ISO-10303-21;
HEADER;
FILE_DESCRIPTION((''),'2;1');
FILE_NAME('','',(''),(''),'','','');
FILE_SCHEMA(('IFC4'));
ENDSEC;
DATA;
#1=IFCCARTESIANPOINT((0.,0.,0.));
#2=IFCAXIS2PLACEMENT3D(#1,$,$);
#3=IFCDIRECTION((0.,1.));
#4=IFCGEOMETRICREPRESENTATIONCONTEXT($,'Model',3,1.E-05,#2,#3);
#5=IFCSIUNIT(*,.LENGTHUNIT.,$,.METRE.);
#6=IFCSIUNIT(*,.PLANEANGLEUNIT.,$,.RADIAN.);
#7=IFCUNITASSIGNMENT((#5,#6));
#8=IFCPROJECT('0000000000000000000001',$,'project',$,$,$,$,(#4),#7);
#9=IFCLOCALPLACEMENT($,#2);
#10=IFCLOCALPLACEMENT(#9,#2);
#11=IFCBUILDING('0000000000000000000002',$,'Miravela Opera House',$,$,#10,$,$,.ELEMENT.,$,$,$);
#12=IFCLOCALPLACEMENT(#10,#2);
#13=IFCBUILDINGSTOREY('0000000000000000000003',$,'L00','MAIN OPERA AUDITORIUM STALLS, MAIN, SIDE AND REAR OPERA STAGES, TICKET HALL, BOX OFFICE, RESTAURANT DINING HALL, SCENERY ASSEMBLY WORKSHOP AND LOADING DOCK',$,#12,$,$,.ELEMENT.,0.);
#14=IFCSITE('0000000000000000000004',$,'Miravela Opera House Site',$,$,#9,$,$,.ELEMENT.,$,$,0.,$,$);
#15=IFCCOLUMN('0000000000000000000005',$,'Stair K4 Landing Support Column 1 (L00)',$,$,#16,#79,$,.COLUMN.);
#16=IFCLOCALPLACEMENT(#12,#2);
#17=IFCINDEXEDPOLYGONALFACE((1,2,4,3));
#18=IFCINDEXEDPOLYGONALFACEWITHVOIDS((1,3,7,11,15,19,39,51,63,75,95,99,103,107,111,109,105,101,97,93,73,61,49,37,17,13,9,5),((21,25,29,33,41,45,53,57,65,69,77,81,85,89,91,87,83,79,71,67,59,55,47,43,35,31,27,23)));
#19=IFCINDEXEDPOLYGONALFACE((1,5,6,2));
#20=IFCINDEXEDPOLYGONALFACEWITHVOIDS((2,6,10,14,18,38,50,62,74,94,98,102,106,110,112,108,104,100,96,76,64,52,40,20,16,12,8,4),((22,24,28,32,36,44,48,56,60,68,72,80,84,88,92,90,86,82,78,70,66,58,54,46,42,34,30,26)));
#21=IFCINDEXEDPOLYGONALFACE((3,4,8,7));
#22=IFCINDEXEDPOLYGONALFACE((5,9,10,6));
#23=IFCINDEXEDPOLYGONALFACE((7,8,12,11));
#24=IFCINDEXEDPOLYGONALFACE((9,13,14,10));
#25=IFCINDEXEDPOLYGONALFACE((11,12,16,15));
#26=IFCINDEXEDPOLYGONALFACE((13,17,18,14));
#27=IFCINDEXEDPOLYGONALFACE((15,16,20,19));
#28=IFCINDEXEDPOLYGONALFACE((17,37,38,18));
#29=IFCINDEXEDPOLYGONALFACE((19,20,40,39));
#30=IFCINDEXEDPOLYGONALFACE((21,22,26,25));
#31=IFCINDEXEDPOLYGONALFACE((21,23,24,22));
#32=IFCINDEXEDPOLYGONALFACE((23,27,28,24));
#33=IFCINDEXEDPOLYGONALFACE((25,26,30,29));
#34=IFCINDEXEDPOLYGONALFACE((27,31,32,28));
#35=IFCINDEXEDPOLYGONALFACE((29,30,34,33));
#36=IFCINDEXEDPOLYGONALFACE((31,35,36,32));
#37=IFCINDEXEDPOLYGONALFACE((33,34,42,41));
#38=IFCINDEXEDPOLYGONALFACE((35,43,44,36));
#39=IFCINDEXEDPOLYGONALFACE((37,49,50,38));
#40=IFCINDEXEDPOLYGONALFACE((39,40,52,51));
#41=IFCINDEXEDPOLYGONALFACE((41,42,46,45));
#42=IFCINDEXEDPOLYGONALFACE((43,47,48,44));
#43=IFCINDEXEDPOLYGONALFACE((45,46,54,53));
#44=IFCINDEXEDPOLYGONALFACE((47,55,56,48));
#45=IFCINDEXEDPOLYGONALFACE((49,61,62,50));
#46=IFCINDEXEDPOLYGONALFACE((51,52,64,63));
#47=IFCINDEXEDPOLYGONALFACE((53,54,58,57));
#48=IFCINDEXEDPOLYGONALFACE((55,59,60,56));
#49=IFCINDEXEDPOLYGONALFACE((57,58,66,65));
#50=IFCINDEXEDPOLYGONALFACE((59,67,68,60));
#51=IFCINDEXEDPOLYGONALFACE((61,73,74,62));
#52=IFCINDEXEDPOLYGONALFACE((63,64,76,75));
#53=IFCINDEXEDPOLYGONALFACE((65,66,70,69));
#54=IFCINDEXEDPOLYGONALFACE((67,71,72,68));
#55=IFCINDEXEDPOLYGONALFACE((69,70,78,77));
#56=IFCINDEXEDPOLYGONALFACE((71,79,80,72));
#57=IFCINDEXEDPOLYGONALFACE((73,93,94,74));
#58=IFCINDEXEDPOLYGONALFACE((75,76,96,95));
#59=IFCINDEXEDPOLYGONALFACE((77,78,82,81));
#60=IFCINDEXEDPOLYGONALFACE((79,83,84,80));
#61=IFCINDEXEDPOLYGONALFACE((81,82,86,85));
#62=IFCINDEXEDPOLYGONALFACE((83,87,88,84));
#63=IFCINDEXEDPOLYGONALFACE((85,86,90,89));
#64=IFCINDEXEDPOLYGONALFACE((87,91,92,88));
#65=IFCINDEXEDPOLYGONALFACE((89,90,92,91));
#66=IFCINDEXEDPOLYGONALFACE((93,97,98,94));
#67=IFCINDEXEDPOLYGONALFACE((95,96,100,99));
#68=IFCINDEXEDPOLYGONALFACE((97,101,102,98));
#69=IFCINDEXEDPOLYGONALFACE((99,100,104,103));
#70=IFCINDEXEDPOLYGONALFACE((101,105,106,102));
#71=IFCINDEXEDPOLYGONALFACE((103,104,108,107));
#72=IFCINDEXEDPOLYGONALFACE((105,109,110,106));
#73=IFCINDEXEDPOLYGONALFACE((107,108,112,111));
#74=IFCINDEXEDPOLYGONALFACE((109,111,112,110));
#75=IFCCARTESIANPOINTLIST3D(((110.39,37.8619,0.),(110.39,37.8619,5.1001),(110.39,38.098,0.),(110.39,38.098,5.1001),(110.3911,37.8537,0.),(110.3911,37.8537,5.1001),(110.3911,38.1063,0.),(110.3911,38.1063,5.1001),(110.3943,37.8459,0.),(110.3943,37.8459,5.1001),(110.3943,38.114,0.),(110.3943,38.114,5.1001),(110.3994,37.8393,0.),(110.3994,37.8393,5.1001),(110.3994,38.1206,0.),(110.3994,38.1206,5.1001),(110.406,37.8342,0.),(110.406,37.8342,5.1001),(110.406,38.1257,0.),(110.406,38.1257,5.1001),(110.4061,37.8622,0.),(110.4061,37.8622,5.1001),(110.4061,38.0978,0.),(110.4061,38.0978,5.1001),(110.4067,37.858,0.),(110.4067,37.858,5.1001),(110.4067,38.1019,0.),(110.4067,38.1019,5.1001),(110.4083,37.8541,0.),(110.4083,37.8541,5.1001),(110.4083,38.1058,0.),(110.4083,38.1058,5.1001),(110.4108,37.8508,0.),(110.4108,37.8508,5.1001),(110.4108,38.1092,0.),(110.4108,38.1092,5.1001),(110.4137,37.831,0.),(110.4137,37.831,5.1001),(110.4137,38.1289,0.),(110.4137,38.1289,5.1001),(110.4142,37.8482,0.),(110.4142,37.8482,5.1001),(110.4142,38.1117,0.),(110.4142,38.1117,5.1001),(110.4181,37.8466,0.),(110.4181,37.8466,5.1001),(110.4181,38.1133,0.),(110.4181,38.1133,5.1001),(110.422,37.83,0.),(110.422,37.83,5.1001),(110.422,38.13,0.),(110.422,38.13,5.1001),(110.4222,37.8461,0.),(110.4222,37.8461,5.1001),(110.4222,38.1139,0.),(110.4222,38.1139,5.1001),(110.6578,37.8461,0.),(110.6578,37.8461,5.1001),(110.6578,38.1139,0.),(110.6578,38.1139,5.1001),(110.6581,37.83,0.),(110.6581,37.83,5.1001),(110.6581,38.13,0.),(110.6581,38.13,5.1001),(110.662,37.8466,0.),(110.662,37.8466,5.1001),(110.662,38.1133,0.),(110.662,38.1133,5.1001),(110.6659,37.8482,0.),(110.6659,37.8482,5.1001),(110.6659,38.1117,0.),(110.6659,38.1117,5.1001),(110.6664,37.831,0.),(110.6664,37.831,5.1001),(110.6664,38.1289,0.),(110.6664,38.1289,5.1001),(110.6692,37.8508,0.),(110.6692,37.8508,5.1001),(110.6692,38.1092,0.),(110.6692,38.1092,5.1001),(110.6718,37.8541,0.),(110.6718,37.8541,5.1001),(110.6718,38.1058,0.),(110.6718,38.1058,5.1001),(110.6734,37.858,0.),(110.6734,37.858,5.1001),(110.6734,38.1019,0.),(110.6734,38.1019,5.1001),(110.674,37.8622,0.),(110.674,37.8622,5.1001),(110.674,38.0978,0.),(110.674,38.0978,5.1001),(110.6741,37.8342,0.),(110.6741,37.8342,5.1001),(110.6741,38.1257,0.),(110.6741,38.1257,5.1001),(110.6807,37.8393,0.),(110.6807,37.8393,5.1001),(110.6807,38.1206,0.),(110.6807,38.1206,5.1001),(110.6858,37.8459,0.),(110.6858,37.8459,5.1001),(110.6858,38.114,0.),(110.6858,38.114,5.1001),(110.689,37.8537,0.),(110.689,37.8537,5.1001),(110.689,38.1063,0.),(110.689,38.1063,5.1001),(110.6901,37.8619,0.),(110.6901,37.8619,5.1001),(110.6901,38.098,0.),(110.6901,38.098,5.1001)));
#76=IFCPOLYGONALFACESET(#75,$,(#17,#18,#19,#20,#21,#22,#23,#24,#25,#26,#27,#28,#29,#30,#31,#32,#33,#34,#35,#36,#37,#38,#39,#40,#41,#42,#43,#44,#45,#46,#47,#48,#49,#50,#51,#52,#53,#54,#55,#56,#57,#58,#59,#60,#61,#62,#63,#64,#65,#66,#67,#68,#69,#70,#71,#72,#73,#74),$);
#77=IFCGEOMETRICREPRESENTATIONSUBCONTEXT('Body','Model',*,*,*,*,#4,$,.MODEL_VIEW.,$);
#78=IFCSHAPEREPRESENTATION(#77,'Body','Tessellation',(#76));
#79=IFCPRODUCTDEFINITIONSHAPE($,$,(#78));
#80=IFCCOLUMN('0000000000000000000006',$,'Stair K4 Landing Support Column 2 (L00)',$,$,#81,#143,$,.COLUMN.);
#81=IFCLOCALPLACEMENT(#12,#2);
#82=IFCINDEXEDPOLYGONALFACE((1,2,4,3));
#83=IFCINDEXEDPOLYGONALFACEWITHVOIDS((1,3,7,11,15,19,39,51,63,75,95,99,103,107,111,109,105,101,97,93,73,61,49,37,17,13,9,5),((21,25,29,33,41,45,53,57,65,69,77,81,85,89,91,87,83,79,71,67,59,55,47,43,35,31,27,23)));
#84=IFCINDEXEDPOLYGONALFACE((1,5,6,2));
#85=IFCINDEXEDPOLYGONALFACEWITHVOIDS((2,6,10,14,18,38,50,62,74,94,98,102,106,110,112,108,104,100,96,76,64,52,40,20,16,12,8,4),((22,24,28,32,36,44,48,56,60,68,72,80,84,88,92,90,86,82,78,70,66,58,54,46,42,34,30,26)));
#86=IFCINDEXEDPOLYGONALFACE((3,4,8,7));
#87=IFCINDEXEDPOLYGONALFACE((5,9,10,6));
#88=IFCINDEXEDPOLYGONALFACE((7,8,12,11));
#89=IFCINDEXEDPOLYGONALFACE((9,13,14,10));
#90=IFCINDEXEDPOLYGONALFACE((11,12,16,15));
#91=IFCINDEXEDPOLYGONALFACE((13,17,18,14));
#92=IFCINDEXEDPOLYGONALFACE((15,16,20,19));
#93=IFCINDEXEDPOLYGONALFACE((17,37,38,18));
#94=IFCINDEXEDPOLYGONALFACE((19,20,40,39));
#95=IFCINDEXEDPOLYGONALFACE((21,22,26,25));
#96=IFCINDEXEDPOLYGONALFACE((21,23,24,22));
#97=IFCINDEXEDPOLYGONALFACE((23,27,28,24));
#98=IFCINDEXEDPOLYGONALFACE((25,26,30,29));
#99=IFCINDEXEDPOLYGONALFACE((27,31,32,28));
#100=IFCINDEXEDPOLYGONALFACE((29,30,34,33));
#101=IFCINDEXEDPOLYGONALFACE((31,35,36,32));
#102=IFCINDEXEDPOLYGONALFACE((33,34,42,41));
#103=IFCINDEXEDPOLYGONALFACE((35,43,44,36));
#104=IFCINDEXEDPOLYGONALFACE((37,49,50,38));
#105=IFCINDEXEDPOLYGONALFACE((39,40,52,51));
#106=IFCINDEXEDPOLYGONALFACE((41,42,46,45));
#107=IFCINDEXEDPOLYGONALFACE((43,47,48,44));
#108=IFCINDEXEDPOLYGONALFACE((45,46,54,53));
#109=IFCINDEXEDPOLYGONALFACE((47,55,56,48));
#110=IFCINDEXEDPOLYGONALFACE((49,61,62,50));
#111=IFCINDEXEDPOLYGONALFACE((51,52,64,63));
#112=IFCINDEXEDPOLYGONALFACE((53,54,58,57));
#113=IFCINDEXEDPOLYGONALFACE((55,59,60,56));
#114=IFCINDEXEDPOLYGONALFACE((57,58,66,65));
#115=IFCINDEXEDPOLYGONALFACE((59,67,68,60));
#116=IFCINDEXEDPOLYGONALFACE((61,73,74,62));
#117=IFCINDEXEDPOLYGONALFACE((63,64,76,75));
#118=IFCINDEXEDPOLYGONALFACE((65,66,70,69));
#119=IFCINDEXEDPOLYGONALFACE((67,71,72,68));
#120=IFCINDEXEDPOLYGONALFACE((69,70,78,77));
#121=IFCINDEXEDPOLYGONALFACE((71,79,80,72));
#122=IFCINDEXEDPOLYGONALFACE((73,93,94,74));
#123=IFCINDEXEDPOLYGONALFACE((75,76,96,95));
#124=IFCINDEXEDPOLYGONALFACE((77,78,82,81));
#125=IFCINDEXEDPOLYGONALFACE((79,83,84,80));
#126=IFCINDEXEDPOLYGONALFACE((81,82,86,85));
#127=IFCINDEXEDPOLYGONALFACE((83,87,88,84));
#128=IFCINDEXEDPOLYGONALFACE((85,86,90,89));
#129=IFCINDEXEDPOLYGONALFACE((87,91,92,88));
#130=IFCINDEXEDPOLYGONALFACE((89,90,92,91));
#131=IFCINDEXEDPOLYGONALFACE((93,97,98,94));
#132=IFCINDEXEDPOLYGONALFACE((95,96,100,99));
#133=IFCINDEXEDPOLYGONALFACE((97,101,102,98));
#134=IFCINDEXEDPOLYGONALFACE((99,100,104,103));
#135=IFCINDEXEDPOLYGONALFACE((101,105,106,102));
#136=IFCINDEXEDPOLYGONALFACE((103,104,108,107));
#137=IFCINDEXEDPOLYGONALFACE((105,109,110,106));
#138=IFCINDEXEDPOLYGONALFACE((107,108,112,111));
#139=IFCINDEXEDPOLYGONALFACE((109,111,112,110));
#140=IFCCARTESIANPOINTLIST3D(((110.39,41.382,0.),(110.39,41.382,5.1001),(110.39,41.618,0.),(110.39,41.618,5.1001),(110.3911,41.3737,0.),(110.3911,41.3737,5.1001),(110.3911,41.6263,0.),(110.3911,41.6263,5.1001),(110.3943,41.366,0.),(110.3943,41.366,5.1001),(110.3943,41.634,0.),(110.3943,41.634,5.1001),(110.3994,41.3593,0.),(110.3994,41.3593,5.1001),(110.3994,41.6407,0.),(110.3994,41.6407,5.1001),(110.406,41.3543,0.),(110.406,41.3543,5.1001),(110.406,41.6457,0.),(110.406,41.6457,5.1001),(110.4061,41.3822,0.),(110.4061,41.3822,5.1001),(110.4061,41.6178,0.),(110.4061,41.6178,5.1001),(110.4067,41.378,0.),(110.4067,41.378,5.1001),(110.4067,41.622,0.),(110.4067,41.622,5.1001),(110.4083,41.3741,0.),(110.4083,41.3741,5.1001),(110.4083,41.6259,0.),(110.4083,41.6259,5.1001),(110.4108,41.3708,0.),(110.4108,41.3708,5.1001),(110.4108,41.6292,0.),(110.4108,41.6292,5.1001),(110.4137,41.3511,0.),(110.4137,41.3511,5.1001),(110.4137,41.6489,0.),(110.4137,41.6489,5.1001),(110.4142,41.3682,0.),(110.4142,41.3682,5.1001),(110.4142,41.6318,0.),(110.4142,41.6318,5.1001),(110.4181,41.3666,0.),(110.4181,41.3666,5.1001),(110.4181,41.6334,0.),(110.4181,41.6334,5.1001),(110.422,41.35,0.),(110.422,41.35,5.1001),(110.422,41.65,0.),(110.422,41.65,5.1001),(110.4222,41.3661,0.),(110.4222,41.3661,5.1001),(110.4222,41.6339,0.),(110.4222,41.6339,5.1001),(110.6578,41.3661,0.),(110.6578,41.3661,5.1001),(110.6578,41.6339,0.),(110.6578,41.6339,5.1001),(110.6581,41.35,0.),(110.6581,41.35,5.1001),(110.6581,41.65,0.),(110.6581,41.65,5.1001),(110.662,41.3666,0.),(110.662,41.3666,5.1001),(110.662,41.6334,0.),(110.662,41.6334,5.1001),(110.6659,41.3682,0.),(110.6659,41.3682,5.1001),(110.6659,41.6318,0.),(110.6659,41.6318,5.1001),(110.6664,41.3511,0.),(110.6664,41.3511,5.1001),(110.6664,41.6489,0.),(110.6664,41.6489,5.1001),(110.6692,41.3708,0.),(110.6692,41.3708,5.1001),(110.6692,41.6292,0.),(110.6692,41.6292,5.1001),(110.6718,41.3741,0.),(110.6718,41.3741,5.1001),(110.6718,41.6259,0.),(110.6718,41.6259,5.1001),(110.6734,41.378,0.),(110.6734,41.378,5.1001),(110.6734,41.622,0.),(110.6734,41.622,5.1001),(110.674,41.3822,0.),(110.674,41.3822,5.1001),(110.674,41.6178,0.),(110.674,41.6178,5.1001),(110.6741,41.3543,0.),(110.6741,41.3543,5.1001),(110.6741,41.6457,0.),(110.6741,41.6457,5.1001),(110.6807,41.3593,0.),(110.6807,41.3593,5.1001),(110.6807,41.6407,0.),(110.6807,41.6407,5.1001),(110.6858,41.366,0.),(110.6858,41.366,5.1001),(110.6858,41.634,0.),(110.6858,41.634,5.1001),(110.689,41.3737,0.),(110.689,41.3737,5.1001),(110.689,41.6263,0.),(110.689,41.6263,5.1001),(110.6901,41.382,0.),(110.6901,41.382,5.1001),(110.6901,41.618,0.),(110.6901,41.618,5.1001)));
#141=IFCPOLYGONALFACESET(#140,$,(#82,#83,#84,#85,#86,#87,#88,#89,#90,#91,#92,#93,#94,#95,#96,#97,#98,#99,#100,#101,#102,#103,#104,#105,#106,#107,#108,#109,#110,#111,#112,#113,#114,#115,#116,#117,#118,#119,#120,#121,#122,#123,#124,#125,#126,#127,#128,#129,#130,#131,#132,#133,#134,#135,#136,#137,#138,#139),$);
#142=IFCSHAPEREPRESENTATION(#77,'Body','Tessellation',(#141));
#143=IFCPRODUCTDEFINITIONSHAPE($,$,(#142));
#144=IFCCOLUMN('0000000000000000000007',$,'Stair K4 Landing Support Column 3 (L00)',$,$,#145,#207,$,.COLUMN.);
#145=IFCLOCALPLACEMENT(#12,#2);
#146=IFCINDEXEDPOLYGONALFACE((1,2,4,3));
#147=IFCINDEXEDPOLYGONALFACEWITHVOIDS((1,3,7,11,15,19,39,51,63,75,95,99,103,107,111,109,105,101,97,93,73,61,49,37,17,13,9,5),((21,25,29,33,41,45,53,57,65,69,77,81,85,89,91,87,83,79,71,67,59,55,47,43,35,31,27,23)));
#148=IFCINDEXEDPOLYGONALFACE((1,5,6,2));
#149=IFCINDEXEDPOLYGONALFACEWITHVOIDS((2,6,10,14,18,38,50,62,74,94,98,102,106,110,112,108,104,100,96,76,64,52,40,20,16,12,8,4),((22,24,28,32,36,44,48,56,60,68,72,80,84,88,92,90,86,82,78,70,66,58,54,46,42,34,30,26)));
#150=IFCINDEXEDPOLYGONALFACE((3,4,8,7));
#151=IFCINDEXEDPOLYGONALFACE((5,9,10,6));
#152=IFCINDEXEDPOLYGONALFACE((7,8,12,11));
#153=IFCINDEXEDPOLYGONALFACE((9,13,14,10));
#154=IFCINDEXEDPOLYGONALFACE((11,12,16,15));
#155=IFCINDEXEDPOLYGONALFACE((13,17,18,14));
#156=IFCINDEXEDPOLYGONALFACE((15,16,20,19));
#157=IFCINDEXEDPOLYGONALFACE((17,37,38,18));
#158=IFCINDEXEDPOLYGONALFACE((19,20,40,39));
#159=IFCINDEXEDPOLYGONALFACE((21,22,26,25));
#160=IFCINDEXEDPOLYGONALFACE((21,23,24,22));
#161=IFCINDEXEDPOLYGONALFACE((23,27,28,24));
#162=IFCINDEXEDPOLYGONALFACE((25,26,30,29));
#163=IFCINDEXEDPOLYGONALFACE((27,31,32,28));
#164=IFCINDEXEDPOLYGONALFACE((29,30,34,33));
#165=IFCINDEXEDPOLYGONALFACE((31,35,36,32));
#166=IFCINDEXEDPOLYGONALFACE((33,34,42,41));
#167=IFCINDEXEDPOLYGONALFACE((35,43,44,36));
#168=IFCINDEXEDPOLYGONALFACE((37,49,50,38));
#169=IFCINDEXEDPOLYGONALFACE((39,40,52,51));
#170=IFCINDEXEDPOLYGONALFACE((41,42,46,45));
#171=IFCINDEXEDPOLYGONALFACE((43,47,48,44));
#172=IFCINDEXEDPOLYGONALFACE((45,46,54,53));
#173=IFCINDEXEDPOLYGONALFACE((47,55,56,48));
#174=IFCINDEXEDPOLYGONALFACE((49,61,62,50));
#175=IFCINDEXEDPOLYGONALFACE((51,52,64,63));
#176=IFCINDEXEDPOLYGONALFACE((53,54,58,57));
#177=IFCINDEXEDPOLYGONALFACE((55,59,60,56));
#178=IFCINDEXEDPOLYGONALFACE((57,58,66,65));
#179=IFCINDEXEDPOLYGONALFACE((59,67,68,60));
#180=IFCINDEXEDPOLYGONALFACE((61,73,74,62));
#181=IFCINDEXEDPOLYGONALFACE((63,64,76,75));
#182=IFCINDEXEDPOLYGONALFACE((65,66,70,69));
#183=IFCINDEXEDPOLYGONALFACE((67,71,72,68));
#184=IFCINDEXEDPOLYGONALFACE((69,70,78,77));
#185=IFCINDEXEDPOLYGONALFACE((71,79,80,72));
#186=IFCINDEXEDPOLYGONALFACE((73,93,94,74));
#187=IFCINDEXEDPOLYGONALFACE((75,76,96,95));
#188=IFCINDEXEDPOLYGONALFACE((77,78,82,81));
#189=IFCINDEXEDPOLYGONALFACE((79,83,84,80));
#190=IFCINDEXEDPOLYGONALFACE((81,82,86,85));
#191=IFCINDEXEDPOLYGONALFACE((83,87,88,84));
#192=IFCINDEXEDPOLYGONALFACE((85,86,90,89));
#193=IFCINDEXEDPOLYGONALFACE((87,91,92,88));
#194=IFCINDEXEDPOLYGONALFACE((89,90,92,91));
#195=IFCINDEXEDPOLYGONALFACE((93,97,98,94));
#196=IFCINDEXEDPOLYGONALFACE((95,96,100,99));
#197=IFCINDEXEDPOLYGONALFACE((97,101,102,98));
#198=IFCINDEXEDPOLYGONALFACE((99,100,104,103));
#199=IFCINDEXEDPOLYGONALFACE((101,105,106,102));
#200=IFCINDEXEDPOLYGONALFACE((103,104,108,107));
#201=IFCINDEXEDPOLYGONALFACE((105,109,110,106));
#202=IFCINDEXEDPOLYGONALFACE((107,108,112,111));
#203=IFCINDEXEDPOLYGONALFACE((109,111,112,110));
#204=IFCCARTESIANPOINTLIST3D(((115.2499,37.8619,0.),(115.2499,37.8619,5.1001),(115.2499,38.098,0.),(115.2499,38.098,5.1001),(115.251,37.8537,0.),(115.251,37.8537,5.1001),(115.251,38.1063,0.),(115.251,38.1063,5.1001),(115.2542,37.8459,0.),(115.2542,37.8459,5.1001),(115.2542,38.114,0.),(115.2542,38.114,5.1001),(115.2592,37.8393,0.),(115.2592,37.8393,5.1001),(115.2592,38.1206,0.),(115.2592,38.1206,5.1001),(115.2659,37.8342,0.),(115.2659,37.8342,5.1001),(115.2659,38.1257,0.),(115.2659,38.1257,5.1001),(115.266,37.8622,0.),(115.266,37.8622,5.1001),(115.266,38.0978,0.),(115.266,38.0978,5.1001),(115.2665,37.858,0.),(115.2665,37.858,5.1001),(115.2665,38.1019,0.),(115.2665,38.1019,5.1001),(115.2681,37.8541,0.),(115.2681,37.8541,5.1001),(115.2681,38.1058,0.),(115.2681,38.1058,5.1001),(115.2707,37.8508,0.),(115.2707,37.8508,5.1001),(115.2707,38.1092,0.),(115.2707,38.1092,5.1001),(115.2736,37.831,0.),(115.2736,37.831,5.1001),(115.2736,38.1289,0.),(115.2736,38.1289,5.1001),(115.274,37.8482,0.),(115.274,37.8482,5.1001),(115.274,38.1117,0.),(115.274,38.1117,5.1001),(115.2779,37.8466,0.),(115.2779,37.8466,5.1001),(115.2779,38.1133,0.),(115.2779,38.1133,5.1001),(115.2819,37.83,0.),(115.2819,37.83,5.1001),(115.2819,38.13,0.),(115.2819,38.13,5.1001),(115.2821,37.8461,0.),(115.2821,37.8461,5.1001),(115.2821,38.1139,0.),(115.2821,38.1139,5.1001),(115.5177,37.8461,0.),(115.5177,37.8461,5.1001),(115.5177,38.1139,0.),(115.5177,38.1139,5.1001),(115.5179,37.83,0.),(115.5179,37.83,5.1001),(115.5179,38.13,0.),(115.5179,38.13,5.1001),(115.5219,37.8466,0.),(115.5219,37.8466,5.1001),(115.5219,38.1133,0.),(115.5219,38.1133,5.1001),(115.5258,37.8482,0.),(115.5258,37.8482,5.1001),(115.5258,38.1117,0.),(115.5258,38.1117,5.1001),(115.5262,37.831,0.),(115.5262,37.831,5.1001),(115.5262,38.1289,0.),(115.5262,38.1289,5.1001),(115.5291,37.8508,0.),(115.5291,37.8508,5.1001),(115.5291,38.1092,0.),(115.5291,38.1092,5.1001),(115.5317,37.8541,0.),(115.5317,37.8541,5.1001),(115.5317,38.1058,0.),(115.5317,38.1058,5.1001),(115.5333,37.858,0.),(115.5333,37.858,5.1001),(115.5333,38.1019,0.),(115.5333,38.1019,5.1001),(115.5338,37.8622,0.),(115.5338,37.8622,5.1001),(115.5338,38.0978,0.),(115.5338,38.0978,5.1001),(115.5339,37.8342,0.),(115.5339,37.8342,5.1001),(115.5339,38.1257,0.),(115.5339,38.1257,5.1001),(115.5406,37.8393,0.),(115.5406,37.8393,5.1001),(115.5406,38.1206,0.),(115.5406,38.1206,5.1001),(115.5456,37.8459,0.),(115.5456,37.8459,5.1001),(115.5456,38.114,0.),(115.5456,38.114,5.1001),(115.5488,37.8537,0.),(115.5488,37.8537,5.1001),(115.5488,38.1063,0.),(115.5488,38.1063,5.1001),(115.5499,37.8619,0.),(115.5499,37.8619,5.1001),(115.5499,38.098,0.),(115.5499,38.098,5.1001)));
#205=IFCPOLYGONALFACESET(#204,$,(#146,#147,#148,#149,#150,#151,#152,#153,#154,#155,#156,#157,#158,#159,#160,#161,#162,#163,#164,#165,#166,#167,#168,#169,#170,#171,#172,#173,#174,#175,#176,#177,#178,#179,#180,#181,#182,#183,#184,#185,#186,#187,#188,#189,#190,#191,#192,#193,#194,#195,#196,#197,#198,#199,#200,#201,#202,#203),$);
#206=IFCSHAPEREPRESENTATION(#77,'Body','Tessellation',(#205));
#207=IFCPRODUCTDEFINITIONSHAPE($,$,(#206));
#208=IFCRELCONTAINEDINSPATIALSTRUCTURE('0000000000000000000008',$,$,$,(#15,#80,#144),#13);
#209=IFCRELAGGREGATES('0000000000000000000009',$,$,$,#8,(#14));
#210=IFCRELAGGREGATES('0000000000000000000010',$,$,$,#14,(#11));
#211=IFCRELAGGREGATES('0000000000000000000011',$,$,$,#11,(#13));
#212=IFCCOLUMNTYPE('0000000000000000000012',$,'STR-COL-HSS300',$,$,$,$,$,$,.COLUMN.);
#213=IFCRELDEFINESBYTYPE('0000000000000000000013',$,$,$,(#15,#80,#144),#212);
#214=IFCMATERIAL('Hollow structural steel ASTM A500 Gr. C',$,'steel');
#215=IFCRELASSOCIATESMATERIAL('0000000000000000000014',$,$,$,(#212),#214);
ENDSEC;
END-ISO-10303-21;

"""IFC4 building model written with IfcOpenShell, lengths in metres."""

from ifc_helpers import new_model, si_unit, direction, frame, origin, origin_2d, place, context, subcontext, project, spatial, hollow_rectangle, extrude, material, material_profile, profile_set, type_object, element, save


model = new_model("IFC4")

# Units and contexts
model_context = context("Model", 3, precision=1e-05, world=origin(), true_north=direction((0.0, 1.0)))
body_context = subcontext(model_context, "Body", "Model", "MODEL_VIEW")
ifc_project = project(units=[si_unit("LENGTHUNIT", "METRE"), si_unit("PLANEANGLEUNIT", "RADIAN")], contexts=[model_context])

# Site, building, storey
site_placement = place(None, origin())
site = spatial("IfcSite", under=ifc_project, at=site_placement, Name="Miravela Opera House Site", CompositionType="ELEMENT", RefElevation=0.0)
building_placement = place(site_placement, origin())
building = spatial("IfcBuilding", under=site, at=building_placement, Name="Miravela Opera House", CompositionType="ELEMENT")
storey_placement = place(building_placement, origin())
storey = spatial("IfcBuildingStorey", under=building, at=storey_placement, Name="L00", Description="MAIN OPERA AUDITORIUM STALLS, MAIN, SIDE AND REAR OPERA STAGES, TICKET HALL, BOX OFFICE, RESTAURANT DINING HALL, SCENERY ASSEMBLY WORKSHOP AND LOADING DOCK", CompositionType="ELEMENT", Elevation=0.0)

# Columns
ifc_material_1 = material(Name="Hollow structural steel ASTM A500 Gr. C", Category="steel")
ifc_material_profile_1 = material_profile(ifc_material_1, hollow_rectangle(XDim=0.3, YDim=0.3, WallThickness=0.0161, InnerFilletRadius=0.0161, OuterFilletRadius=0.032, at=origin_2d()), Name="HSS300X300X16")
ifc_profile_set_1 = profile_set([ifc_material_profile_1])
column_type_1 = type_object("IfcColumnType", Name="STR-COL-HSS300", PredefinedType="COLUMN", material=ifc_profile_set_1)
for number, where, z_axis, x_axis, name in (
    (1, (110.54, 37.98, 0.0), (0.0, 0.0, 1.0), (1.0, 0.0, 0.0), "Stair K4 Landing Support Column 1 (L00)"),
    (2, (110.54, 41.5, 0.0), (0.0, 0.0, 1.0), (1.0, 0.0, 0.0), "Stair K4 Landing Support Column 2 (L00)"),
    (3, (115.3999, 37.98, 0.0), (0.0, 0.0, 1.0), (1.0, 0.0, 0.0), "Stair K4 Landing Support Column 3 (L00)"),
):
    element("IfcColumn", number, at=place(storey_placement, frame(where, z_axis=z_axis, x_axis=x_axis)), inside=storey, type_object=column_type_1, Name=name, PredefinedType="COLUMN", context=body_context, shape_type="SweptSolid", body=[
        extrude(hollow_rectangle(XDim=0.3, YDim=0.3, WallThickness=0.0161, InnerFilletRadius=0.0161, OuterFilletRadius=0.032, at=origin_2d()), origin(), (0.0, 0.0, 1.0), 5.1001),
    ])

save(model, "model.ifc")
